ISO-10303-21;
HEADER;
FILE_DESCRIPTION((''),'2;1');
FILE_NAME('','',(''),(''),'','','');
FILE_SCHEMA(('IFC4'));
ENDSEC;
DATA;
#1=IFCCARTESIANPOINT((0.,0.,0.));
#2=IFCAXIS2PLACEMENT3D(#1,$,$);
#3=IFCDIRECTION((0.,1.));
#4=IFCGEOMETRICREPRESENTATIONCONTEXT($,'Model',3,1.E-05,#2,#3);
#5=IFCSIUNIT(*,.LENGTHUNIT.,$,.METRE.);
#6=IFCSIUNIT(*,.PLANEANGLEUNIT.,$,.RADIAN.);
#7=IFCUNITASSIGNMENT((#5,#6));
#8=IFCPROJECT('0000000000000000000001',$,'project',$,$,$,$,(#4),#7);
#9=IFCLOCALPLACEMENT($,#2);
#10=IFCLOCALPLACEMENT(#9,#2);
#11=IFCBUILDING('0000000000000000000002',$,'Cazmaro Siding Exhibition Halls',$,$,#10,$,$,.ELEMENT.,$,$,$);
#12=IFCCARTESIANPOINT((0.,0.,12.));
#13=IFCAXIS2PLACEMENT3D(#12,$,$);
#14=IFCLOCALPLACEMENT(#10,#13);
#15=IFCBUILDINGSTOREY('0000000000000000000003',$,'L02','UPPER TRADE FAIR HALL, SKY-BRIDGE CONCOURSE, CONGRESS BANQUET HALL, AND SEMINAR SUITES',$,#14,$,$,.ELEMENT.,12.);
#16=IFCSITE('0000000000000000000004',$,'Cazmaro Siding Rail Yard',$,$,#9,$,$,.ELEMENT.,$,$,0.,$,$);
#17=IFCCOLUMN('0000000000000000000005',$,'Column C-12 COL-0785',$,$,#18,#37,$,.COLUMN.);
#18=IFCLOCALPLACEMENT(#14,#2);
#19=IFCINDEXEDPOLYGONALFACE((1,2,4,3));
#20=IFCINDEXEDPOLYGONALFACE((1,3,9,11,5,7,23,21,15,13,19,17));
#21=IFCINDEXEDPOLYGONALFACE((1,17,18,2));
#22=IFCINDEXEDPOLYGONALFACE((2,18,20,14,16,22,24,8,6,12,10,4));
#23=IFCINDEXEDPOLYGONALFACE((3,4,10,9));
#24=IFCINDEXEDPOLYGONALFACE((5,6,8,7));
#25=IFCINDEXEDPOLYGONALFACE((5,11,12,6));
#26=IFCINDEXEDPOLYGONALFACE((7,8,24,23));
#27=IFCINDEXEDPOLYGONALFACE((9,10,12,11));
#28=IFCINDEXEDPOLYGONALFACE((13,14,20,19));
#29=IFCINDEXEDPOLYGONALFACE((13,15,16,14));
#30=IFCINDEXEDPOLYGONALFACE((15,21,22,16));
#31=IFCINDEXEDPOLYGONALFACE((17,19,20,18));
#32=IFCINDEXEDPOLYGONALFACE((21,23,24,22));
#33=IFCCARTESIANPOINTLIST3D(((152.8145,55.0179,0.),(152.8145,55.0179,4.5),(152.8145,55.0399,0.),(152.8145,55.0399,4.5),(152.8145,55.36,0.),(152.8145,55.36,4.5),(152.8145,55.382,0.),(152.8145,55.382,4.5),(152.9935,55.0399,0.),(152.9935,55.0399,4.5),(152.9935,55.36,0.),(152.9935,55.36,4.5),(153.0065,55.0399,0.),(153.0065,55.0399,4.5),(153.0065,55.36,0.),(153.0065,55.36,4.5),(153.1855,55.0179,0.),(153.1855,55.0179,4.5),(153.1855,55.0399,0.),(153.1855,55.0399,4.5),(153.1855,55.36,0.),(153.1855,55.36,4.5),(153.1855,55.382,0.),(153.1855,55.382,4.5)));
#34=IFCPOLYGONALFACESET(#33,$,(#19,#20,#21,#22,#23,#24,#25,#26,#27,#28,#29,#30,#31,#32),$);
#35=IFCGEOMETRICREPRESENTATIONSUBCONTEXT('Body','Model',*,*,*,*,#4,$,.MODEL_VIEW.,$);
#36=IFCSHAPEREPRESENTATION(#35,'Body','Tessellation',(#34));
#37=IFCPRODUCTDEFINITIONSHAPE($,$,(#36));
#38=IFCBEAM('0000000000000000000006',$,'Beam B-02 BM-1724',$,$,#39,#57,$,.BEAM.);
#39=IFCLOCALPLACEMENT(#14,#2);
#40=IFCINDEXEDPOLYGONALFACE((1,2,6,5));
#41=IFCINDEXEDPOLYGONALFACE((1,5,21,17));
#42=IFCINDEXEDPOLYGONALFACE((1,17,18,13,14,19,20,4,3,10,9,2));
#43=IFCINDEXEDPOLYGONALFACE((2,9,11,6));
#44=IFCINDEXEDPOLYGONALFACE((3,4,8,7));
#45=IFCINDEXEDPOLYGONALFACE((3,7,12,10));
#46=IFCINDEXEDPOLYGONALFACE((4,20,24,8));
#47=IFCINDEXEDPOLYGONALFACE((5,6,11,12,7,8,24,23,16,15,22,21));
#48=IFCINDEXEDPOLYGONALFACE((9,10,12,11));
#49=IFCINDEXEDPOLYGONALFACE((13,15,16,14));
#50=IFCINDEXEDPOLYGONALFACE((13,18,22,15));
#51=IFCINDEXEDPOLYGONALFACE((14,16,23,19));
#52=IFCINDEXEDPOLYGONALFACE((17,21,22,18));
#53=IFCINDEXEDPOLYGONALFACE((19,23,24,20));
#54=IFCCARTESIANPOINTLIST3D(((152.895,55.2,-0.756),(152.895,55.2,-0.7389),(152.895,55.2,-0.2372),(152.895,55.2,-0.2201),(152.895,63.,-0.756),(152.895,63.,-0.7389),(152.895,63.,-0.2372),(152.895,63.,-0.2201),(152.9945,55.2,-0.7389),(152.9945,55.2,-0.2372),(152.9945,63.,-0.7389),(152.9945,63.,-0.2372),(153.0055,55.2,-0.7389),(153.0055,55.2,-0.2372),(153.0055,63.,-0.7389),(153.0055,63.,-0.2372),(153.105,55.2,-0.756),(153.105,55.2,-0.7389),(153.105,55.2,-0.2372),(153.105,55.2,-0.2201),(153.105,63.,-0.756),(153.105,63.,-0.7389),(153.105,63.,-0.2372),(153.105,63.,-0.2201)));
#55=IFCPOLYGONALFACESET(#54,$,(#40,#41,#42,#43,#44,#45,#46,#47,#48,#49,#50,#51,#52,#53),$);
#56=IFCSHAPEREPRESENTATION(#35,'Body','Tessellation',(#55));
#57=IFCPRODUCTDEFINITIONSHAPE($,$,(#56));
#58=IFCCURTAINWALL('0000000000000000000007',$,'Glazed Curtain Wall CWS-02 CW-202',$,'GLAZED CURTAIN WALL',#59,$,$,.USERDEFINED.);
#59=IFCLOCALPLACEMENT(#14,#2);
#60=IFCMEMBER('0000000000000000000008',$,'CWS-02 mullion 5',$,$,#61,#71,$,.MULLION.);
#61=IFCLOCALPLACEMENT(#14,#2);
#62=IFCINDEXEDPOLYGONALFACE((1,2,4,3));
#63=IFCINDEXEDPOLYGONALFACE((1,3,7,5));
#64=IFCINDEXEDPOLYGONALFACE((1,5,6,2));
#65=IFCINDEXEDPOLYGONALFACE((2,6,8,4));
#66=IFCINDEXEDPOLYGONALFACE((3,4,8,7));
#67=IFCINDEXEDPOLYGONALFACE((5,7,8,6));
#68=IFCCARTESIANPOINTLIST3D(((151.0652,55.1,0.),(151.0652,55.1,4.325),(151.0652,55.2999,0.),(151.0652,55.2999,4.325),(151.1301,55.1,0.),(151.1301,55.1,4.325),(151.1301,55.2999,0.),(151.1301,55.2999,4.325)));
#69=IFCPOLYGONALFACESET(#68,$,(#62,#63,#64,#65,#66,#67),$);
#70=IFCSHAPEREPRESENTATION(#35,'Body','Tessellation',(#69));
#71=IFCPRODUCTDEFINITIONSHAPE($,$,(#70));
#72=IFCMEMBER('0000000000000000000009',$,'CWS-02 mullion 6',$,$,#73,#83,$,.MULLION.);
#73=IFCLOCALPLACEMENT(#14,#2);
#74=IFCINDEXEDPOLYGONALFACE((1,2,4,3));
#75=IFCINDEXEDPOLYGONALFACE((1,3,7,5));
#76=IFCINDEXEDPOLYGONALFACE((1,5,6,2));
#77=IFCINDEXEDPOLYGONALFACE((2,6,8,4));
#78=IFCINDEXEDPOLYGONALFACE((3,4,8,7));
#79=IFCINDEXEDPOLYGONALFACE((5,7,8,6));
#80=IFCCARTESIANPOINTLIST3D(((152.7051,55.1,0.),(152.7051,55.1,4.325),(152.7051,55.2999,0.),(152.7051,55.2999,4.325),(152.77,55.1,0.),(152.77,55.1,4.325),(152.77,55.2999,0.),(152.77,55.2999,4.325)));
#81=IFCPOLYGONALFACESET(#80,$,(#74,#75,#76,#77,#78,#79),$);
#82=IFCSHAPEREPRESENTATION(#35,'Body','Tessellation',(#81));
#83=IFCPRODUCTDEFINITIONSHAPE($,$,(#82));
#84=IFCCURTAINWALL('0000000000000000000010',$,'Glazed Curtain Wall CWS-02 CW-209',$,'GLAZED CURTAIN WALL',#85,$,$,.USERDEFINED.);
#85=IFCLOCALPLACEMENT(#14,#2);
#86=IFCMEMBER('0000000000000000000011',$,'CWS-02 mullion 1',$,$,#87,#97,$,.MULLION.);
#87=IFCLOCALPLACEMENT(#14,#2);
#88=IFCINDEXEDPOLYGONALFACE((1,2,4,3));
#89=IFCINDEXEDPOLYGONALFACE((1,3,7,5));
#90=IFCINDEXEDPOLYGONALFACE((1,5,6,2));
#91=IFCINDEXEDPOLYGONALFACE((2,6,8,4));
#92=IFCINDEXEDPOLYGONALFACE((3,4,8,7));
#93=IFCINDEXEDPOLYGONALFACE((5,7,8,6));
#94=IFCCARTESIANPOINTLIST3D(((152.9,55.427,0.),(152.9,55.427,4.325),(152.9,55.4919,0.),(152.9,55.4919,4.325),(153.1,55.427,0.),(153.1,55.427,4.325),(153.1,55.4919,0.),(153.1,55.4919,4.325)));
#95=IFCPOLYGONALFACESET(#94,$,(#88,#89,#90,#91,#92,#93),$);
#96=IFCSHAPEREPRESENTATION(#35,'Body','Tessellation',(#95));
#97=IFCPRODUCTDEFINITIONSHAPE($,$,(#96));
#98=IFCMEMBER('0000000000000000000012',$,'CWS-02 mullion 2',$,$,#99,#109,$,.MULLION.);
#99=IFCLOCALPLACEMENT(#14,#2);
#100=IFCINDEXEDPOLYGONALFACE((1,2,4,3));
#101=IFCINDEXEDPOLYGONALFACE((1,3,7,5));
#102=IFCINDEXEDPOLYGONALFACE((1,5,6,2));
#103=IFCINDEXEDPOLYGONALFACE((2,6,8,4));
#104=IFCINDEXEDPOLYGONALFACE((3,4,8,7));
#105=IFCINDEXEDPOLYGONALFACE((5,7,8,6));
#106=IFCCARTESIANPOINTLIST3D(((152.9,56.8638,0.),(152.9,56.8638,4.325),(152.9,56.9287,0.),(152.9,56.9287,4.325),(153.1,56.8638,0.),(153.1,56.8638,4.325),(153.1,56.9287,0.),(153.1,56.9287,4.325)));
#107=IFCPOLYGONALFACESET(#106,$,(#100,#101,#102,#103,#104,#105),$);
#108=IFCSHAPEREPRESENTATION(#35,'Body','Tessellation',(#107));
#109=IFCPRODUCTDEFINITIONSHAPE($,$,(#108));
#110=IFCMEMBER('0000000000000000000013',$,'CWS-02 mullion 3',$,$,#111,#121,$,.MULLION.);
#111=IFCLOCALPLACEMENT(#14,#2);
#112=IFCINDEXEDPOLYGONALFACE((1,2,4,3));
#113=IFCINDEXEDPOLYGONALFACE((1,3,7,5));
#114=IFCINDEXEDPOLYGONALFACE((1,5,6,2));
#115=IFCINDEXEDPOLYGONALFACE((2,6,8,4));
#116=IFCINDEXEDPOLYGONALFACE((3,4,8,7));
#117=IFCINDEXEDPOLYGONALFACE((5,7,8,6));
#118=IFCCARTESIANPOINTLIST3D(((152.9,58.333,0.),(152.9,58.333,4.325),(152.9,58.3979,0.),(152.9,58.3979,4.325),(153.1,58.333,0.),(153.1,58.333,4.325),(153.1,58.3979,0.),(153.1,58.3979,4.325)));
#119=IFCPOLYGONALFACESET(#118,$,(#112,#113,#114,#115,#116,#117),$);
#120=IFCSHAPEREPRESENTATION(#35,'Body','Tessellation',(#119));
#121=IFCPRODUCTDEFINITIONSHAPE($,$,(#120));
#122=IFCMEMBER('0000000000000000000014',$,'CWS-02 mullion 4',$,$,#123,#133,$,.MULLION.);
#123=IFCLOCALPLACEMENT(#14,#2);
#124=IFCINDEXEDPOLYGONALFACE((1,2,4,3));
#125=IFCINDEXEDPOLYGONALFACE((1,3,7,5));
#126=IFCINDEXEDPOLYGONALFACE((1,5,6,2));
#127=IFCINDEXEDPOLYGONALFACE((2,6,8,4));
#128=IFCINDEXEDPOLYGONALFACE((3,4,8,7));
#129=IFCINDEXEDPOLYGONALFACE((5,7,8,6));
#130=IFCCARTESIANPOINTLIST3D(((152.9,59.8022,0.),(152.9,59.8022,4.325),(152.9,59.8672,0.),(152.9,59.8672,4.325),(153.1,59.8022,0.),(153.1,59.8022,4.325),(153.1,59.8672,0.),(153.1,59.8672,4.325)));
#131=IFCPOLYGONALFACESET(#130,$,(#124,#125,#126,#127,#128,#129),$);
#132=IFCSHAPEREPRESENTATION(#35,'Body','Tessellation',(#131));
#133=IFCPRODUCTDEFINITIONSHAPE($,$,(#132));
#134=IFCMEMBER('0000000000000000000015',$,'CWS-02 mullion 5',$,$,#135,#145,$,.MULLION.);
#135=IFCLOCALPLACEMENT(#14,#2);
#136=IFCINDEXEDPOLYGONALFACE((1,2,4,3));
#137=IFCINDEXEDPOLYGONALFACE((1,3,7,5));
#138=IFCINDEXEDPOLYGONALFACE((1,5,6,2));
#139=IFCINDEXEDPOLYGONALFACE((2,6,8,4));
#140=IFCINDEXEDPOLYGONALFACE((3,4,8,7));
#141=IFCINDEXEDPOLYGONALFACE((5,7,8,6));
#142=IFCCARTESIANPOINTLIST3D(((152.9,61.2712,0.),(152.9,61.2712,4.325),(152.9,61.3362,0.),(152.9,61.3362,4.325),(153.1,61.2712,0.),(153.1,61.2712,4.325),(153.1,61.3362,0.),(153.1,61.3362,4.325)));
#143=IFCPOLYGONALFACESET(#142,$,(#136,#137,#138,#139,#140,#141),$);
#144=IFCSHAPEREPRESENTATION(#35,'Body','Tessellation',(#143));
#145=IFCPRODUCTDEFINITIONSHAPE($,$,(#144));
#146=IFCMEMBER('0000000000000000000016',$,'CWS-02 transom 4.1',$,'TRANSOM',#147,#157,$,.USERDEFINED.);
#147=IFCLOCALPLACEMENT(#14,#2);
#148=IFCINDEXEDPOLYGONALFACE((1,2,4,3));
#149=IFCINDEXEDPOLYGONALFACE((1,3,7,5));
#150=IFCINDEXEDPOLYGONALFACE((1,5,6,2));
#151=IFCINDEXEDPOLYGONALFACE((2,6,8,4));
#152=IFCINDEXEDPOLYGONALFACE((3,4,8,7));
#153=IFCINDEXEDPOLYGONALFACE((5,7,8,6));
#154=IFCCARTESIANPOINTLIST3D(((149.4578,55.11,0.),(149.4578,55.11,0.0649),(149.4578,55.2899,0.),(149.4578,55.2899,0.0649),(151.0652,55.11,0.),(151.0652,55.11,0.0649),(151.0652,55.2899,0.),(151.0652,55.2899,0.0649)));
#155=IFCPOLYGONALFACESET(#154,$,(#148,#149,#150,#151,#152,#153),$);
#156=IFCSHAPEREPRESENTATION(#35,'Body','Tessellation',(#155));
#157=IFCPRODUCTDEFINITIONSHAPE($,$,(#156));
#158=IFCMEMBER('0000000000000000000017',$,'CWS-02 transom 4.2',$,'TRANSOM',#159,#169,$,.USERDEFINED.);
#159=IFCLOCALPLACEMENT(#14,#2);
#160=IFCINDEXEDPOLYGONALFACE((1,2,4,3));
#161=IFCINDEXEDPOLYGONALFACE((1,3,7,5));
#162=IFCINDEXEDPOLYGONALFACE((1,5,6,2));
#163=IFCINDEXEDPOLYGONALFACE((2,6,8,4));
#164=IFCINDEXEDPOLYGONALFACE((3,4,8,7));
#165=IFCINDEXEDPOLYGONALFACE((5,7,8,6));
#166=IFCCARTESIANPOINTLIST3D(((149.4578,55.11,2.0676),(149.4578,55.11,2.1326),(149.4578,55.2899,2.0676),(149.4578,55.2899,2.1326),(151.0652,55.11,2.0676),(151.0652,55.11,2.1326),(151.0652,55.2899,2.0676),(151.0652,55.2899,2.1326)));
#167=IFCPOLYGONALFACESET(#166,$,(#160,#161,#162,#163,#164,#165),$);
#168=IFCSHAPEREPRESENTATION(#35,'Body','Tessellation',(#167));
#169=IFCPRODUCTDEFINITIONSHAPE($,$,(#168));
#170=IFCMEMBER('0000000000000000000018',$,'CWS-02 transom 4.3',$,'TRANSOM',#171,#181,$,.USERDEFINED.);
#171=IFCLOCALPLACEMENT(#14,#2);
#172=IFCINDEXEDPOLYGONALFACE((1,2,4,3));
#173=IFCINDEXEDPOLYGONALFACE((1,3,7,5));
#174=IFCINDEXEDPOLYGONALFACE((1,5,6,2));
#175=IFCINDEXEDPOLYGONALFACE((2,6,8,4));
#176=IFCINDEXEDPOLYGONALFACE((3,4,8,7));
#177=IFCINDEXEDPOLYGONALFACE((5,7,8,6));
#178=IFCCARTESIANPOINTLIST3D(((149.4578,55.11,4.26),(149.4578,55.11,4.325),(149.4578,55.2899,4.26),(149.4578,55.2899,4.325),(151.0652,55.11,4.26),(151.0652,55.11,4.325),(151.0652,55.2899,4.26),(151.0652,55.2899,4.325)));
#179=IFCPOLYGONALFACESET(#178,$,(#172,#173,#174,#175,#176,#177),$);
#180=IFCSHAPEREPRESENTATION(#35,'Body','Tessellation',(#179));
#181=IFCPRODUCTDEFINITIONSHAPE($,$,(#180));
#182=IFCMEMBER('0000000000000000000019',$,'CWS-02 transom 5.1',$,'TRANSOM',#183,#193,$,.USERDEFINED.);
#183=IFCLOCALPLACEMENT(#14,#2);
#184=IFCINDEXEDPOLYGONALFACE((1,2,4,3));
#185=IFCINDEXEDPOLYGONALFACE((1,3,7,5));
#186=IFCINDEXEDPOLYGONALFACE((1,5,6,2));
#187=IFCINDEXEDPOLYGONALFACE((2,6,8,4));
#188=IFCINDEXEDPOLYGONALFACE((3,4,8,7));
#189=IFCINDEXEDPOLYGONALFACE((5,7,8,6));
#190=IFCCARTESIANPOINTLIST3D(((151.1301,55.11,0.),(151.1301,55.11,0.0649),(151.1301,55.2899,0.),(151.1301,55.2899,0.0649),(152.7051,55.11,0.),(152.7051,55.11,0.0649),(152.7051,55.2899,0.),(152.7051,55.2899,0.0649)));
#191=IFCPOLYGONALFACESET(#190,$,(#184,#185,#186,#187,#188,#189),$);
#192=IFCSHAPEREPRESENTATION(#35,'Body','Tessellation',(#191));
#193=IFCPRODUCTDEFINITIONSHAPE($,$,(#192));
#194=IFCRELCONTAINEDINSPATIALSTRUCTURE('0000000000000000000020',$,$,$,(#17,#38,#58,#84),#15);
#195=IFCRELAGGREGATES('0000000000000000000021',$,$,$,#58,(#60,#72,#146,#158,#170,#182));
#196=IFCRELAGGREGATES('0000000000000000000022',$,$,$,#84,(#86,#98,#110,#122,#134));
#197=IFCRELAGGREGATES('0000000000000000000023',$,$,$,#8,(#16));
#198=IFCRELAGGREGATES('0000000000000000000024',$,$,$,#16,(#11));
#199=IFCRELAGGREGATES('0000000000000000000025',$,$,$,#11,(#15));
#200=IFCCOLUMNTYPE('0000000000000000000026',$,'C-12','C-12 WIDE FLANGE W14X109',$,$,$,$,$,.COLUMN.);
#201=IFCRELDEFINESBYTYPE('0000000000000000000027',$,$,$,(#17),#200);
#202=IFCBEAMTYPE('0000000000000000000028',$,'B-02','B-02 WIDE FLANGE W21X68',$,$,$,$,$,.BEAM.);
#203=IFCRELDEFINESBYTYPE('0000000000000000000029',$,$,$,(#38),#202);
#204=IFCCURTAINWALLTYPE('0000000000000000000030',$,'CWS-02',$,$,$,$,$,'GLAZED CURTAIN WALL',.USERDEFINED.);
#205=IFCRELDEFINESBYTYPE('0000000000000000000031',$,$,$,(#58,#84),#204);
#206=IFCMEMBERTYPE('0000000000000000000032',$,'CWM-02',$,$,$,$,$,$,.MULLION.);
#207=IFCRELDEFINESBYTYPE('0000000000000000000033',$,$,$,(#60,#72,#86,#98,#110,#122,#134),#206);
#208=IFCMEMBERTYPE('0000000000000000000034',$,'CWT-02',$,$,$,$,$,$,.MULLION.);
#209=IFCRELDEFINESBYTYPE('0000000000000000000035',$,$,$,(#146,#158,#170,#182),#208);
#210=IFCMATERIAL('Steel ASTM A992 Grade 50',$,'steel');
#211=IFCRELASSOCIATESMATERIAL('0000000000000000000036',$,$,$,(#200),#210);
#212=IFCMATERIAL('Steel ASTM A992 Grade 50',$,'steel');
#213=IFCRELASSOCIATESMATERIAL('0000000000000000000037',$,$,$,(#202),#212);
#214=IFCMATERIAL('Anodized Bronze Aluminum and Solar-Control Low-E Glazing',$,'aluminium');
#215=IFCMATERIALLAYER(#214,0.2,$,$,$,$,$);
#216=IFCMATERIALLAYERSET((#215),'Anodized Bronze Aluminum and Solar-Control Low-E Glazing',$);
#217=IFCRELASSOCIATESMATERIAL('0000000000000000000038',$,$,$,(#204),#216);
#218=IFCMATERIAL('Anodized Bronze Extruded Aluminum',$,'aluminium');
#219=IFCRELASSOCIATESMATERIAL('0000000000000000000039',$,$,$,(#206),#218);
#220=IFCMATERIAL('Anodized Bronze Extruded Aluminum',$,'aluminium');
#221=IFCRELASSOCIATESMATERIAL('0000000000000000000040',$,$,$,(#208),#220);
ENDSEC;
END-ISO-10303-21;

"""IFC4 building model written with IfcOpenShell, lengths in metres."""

from ifc_helpers import new_model, si_unit, direction, frame, origin, origin_2d, place, context, subcontext, project, spatial, rectangle, i_section, extrude, material, layer, layer_set, material_profile, profile_set, type_object, element, aggregate, save


model = new_model("IFC4")

# Units and contexts
model_context = context("Model", 3, precision=1e-05, world=origin(), true_north=direction((0.0, 1.0)))
body_context = subcontext(model_context, "Body", "Model", "MODEL_VIEW")
ifc_project = project(units=[si_unit("LENGTHUNIT", "METRE"), si_unit("PLANEANGLEUNIT", "RADIAN")], contexts=[model_context])

# Site, building, storey
site_placement = place(None, origin())
site = spatial("IfcSite", under=ifc_project, at=site_placement, Name="Cazmaro Siding Rail Yard", CompositionType="ELEMENT", RefElevation=0.0)
building_placement = place(site_placement, origin())
building = spatial("IfcBuilding", under=site, at=building_placement, Name="Cazmaro Siding Exhibition Halls", CompositionType="ELEMENT")
storey_placement = place(building_placement, frame((0.0, 0.0, 12.0)))
storey = spatial("IfcBuildingStorey", under=building, at=storey_placement, Name="L02", Description="UPPER TRADE FAIR HALL, SKY-BRIDGE CONCOURSE, CONGRESS BANQUET HALL, AND SEMINAR SUITES", CompositionType="ELEMENT", Elevation=12.0)

# Column
ifc_material_1 = material(Name="Steel ASTM A992 Grade 50", Category="steel")
ifc_material_profile_1 = material_profile(ifc_material_1, i_section(OverallWidth=0.3711, OverallDepth=0.364, WebThickness=0.0129, FlangeThickness=0.022, at=origin_2d()), Name="W14X109")
ifc_profile_set_1 = profile_set([ifc_material_profile_1], Name="Steel ASTM A992 Grade 50")
column_type = type_object("IfcColumnType", Name="C-12", Description="C-12 WIDE FLANGE W14X109", PredefinedType="COLUMN", material=ifc_profile_set_1)
column_placement = place(storey_placement, frame((153.0, 55.2, 0.0), z_axis=(0.0, 0.0, 1.0), x_axis=(1.0, 0.0, 0.0)))
element("IfcColumn", 1, at=column_placement, inside=storey, type_object=column_type, Name="Column C-12 COL-0785", PredefinedType="COLUMN", context=body_context, shape_type="SweptSolid", body=[
    extrude(i_section(OverallWidth=0.3711, OverallDepth=0.364, WebThickness=0.0129, FlangeThickness=0.022, at=origin_2d()), origin(), (0.0, 0.0, 1.0), 4.5),
])

# Beam
ifc_material_2 = material(Name="Steel ASTM A992 Grade 50", Category="steel")
ifc_material_profile_2 = material_profile(ifc_material_2, i_section(OverallWidth=0.21, OverallDepth=0.5359, WebThickness=0.011, FlangeThickness=0.0171, at=origin_2d()), Name="W21X68")
ifc_profile_set_2 = profile_set([ifc_material_profile_2], Name="Steel ASTM A992 Grade 50")
beam_type = type_object("IfcBeamType", Name="B-02", Description="B-02 WIDE FLANGE W21X68", PredefinedType="BEAM", material=ifc_profile_set_2)
beam_placement = place(storey_placement, frame((153.0, 55.2, -0.488), z_axis=(0.0, 1.0, 0.0), x_axis=(-1.0, 0.0, 0.0)))
element("IfcBeam", 2, at=beam_placement, inside=storey, type_object=beam_type, Name="Beam B-02 BM-1724", PredefinedType="BEAM", context=body_context, shape_type="SweptSolid", body=[
    extrude(i_section(OverallWidth=0.21, OverallDepth=0.5359, WebThickness=0.011, FlangeThickness=0.0171, at=origin_2d()), origin(), (0.0, 0.0, 1.0), 7.8),
])

# Curtain walls, members
ifc_material_3 = material(Name="Anodized Bronze Aluminum and Solar-Control Low-E Glazing", Category="aluminium")
ifc_layer_1 = layer(ifc_material_3, 0.2)
ifc_layer_set_1 = layer_set([ifc_layer_1], Name="Anodized Bronze Aluminum and Solar-Control Low-E Glazing")
curtain_wall_type = type_object("IfcCurtainWallType", Name="CWS-02", ElementType="GLAZED CURTAIN WALL", PredefinedType="USERDEFINED", material=ifc_layer_set_1)
curtain_wall_1_placement = place(storey_placement, origin())
curtain_wall_1 = element("IfcCurtainWall", 3, at=curtain_wall_1_placement, inside=storey, type_object=curtain_wall_type, Name="Glazed Curtain Wall CWS-02 CW-202", ObjectType="GLAZED CURTAIN WALL", PredefinedType="USERDEFINED")
ifc_material_4 = material(Name="Anodized Bronze Extruded Aluminum", Category="aluminium")
ifc_material_profile_3 = material_profile(ifc_material_4, rectangle(XDim=0.2, YDim=0.0649, at=origin_2d()), Name="CWM-02")
ifc_profile_set_3 = profile_set([ifc_material_profile_3], Name="Anodized Bronze Extruded Aluminum")
member_type_1 = type_object("IfcMemberType", Name="CWM-02", PredefinedType="MULLION", material=ifc_profile_set_3)
member_1_placement = place(storey_placement, frame((151.0977, 55.2, 0.0), z_axis=(0.0, 0.0, 1.0), x_axis=(0.0, 1.0, 0.0)))
member_1 = element("IfcMember", 4, at=member_1_placement, type_object=member_type_1, Name="CWS-02 mullion 5", PredefinedType="MULLION", context=body_context, shape_type="SweptSolid", body=[
    extrude(rectangle(XDim=0.2, YDim=0.0649, at=origin_2d()), origin(), (0.0, 0.0, 1.0), 4.325),
])
member_2_placement = place(storey_placement, frame((152.7375, 55.2, 0.0), z_axis=(0.0, 0.0, 1.0), x_axis=(0.0, 1.0, 0.0)))
member_2 = element("IfcMember", 5, at=member_2_placement, type_object=member_type_1, Name="CWS-02 mullion 6", PredefinedType="MULLION", context=body_context, shape_type="SweptSolid", body=[
    extrude(rectangle(XDim=0.2, YDim=0.0649, at=origin_2d()), origin(), (0.0, 0.0, 1.0), 4.325),
])
curtain_wall_2_placement = place(storey_placement, origin())
curtain_wall_2 = element("IfcCurtainWall", 6, at=curtain_wall_2_placement, inside=storey, type_object=curtain_wall_type, Name="Glazed Curtain Wall CWS-02 CW-209", ObjectType="GLAZED CURTAIN WALL", PredefinedType="USERDEFINED")
member_3_placement = place(storey_placement, frame((153.0, 55.4595, 0.0), z_axis=(0.0, 0.0, 1.0), x_axis=(-1.0, 0.0, 0.0)))
member_3 = element("IfcMember", 7, at=member_3_placement, type_object=member_type_1, Name="CWS-02 mullion 1", PredefinedType="MULLION", context=body_context, shape_type="SweptSolid", body=[
    extrude(rectangle(XDim=0.2, YDim=0.0649, at=origin_2d()), origin(), (0.0, 0.0, 1.0), 4.325),
])
member_4_placement = place(storey_placement, frame((153.0, 56.8962, 0.0), z_axis=(0.0, 0.0, 1.0), x_axis=(-1.0, 0.0, 0.0)))
member_4 = element("IfcMember", 8, at=member_4_placement, type_object=member_type_1, Name="CWS-02 mullion 2", PredefinedType="MULLION", context=body_context, shape_type="SweptSolid", body=[
    extrude(rectangle(XDim=0.2, YDim=0.0649, at=origin_2d()), origin(), (0.0, 0.0, 1.0), 4.325),
])
member_5_placement = place(storey_placement, frame((153.0, 58.3655, 0.0), z_axis=(0.0, 0.0, 1.0), x_axis=(-1.0, 0.0, 0.0)))
member_5 = element("IfcMember", 9, at=member_5_placement, type_object=member_type_1, Name="CWS-02 mullion 3", PredefinedType="MULLION", context=body_context, shape_type="SweptSolid", body=[
    extrude(rectangle(XDim=0.2, YDim=0.0649, at=origin_2d()), origin(), (0.0, 0.0, 1.0), 4.325),
])
member_6_placement = place(storey_placement, frame((153.0, 59.8347, 0.0), z_axis=(0.0, 0.0, 1.0), x_axis=(-1.0, 0.0, 0.0)))
member_6 = element("IfcMember", 10, at=member_6_placement, type_object=member_type_1, Name="CWS-02 mullion 4", PredefinedType="MULLION", context=body_context, shape_type="SweptSolid", body=[
    extrude(rectangle(XDim=0.2, YDim=0.0649, at=origin_2d()), origin(), (0.0, 0.0, 1.0), 4.325),
])
member_7_placement = place(storey_placement, frame((153.0, 61.3037, 0.0), z_axis=(0.0, 0.0, 1.0), x_axis=(-1.0, 0.0, 0.0)))
member_7 = element("IfcMember", 11, at=member_7_placement, type_object=member_type_1, Name="CWS-02 mullion 5", PredefinedType="MULLION", context=body_context, shape_type="SweptSolid", body=[
    extrude(rectangle(XDim=0.2, YDim=0.0649, at=origin_2d()), origin(), (0.0, 0.0, 1.0), 4.325),
])

# Members
ifc_material_5 = material(Name="Anodized Bronze Extruded Aluminum", Category="aluminium")
ifc_material_profile_4 = material_profile(ifc_material_5, rectangle(XDim=0.1799, YDim=0.0649, at=origin_2d()), Name="CWT-02")
ifc_profile_set_4 = profile_set([ifc_material_profile_4], Name="Anodized Bronze Extruded Aluminum")
member_type_2 = type_object("IfcMemberType", Name="CWT-02", PredefinedType="MULLION", material=ifc_profile_set_4)
member_8_placement = place(storey_placement, frame((149.4578, 55.2, 0.0325), z_axis=(1.0, 0.0, 0.0), x_axis=(0.0, 1.0, 0.0)))
member_8 = element("IfcMember", 12, at=member_8_placement, type_object=member_type_2, Name="CWS-02 transom 4.1", ObjectType="TRANSOM", PredefinedType="USERDEFINED", context=body_context, shape_type="SweptSolid", body=[
    extrude(rectangle(XDim=0.1799, YDim=0.0649, at=origin_2d()), origin(), (0.0, 0.0, 1.0), 1.6074),
])
member_9_placement = place(storey_placement, frame((149.4578, 55.2, 2.1001), z_axis=(1.0, 0.0, 0.0), x_axis=(0.0, 1.0, 0.0)))
member_9 = element("IfcMember", 13, at=member_9_placement, type_object=member_type_2, Name="CWS-02 transom 4.2", ObjectType="TRANSOM", PredefinedType="USERDEFINED", context=body_context, shape_type="SweptSolid", body=[
    extrude(rectangle(XDim=0.1799, YDim=0.0649, at=origin_2d()), origin(), (0.0, 0.0, 1.0), 1.6074),
])
member_10_placement = place(storey_placement, frame((149.4578, 55.2, 4.2925), z_axis=(1.0, 0.0, 0.0), x_axis=(0.0, 1.0, 0.0)))
member_10 = element("IfcMember", 14, at=member_10_placement, type_object=member_type_2, Name="CWS-02 transom 4.3", ObjectType="TRANSOM", PredefinedType="USERDEFINED", context=body_context, shape_type="SweptSolid", body=[
    extrude(rectangle(XDim=0.1799, YDim=0.0649, at=origin_2d()), origin(), (0.0, 0.0, 1.0), 1.6074),
])
member_11_placement = place(storey_placement, frame((151.1301, 55.2, 0.0325), z_axis=(1.0, 0.0, 0.0), x_axis=(0.0, 1.0, 0.0)))
member_11 = element("IfcMember", 15, at=member_11_placement, type_object=member_type_2, Name="CWS-02 transom 5.1", ObjectType="TRANSOM", PredefinedType="USERDEFINED", context=body_context, shape_type="SweptSolid", body=[
    extrude(rectangle(XDim=0.1799, YDim=0.0649, at=origin_2d()), origin(), (0.0, 0.0, 1.0), 1.575),
])

aggregate(curtain_wall_1, [member_1, member_2, member_8, member_9, member_10, member_11])
aggregate(curtain_wall_2, [member_3, member_4, member_5, member_6, member_7])

save(model, "model.ifc")
